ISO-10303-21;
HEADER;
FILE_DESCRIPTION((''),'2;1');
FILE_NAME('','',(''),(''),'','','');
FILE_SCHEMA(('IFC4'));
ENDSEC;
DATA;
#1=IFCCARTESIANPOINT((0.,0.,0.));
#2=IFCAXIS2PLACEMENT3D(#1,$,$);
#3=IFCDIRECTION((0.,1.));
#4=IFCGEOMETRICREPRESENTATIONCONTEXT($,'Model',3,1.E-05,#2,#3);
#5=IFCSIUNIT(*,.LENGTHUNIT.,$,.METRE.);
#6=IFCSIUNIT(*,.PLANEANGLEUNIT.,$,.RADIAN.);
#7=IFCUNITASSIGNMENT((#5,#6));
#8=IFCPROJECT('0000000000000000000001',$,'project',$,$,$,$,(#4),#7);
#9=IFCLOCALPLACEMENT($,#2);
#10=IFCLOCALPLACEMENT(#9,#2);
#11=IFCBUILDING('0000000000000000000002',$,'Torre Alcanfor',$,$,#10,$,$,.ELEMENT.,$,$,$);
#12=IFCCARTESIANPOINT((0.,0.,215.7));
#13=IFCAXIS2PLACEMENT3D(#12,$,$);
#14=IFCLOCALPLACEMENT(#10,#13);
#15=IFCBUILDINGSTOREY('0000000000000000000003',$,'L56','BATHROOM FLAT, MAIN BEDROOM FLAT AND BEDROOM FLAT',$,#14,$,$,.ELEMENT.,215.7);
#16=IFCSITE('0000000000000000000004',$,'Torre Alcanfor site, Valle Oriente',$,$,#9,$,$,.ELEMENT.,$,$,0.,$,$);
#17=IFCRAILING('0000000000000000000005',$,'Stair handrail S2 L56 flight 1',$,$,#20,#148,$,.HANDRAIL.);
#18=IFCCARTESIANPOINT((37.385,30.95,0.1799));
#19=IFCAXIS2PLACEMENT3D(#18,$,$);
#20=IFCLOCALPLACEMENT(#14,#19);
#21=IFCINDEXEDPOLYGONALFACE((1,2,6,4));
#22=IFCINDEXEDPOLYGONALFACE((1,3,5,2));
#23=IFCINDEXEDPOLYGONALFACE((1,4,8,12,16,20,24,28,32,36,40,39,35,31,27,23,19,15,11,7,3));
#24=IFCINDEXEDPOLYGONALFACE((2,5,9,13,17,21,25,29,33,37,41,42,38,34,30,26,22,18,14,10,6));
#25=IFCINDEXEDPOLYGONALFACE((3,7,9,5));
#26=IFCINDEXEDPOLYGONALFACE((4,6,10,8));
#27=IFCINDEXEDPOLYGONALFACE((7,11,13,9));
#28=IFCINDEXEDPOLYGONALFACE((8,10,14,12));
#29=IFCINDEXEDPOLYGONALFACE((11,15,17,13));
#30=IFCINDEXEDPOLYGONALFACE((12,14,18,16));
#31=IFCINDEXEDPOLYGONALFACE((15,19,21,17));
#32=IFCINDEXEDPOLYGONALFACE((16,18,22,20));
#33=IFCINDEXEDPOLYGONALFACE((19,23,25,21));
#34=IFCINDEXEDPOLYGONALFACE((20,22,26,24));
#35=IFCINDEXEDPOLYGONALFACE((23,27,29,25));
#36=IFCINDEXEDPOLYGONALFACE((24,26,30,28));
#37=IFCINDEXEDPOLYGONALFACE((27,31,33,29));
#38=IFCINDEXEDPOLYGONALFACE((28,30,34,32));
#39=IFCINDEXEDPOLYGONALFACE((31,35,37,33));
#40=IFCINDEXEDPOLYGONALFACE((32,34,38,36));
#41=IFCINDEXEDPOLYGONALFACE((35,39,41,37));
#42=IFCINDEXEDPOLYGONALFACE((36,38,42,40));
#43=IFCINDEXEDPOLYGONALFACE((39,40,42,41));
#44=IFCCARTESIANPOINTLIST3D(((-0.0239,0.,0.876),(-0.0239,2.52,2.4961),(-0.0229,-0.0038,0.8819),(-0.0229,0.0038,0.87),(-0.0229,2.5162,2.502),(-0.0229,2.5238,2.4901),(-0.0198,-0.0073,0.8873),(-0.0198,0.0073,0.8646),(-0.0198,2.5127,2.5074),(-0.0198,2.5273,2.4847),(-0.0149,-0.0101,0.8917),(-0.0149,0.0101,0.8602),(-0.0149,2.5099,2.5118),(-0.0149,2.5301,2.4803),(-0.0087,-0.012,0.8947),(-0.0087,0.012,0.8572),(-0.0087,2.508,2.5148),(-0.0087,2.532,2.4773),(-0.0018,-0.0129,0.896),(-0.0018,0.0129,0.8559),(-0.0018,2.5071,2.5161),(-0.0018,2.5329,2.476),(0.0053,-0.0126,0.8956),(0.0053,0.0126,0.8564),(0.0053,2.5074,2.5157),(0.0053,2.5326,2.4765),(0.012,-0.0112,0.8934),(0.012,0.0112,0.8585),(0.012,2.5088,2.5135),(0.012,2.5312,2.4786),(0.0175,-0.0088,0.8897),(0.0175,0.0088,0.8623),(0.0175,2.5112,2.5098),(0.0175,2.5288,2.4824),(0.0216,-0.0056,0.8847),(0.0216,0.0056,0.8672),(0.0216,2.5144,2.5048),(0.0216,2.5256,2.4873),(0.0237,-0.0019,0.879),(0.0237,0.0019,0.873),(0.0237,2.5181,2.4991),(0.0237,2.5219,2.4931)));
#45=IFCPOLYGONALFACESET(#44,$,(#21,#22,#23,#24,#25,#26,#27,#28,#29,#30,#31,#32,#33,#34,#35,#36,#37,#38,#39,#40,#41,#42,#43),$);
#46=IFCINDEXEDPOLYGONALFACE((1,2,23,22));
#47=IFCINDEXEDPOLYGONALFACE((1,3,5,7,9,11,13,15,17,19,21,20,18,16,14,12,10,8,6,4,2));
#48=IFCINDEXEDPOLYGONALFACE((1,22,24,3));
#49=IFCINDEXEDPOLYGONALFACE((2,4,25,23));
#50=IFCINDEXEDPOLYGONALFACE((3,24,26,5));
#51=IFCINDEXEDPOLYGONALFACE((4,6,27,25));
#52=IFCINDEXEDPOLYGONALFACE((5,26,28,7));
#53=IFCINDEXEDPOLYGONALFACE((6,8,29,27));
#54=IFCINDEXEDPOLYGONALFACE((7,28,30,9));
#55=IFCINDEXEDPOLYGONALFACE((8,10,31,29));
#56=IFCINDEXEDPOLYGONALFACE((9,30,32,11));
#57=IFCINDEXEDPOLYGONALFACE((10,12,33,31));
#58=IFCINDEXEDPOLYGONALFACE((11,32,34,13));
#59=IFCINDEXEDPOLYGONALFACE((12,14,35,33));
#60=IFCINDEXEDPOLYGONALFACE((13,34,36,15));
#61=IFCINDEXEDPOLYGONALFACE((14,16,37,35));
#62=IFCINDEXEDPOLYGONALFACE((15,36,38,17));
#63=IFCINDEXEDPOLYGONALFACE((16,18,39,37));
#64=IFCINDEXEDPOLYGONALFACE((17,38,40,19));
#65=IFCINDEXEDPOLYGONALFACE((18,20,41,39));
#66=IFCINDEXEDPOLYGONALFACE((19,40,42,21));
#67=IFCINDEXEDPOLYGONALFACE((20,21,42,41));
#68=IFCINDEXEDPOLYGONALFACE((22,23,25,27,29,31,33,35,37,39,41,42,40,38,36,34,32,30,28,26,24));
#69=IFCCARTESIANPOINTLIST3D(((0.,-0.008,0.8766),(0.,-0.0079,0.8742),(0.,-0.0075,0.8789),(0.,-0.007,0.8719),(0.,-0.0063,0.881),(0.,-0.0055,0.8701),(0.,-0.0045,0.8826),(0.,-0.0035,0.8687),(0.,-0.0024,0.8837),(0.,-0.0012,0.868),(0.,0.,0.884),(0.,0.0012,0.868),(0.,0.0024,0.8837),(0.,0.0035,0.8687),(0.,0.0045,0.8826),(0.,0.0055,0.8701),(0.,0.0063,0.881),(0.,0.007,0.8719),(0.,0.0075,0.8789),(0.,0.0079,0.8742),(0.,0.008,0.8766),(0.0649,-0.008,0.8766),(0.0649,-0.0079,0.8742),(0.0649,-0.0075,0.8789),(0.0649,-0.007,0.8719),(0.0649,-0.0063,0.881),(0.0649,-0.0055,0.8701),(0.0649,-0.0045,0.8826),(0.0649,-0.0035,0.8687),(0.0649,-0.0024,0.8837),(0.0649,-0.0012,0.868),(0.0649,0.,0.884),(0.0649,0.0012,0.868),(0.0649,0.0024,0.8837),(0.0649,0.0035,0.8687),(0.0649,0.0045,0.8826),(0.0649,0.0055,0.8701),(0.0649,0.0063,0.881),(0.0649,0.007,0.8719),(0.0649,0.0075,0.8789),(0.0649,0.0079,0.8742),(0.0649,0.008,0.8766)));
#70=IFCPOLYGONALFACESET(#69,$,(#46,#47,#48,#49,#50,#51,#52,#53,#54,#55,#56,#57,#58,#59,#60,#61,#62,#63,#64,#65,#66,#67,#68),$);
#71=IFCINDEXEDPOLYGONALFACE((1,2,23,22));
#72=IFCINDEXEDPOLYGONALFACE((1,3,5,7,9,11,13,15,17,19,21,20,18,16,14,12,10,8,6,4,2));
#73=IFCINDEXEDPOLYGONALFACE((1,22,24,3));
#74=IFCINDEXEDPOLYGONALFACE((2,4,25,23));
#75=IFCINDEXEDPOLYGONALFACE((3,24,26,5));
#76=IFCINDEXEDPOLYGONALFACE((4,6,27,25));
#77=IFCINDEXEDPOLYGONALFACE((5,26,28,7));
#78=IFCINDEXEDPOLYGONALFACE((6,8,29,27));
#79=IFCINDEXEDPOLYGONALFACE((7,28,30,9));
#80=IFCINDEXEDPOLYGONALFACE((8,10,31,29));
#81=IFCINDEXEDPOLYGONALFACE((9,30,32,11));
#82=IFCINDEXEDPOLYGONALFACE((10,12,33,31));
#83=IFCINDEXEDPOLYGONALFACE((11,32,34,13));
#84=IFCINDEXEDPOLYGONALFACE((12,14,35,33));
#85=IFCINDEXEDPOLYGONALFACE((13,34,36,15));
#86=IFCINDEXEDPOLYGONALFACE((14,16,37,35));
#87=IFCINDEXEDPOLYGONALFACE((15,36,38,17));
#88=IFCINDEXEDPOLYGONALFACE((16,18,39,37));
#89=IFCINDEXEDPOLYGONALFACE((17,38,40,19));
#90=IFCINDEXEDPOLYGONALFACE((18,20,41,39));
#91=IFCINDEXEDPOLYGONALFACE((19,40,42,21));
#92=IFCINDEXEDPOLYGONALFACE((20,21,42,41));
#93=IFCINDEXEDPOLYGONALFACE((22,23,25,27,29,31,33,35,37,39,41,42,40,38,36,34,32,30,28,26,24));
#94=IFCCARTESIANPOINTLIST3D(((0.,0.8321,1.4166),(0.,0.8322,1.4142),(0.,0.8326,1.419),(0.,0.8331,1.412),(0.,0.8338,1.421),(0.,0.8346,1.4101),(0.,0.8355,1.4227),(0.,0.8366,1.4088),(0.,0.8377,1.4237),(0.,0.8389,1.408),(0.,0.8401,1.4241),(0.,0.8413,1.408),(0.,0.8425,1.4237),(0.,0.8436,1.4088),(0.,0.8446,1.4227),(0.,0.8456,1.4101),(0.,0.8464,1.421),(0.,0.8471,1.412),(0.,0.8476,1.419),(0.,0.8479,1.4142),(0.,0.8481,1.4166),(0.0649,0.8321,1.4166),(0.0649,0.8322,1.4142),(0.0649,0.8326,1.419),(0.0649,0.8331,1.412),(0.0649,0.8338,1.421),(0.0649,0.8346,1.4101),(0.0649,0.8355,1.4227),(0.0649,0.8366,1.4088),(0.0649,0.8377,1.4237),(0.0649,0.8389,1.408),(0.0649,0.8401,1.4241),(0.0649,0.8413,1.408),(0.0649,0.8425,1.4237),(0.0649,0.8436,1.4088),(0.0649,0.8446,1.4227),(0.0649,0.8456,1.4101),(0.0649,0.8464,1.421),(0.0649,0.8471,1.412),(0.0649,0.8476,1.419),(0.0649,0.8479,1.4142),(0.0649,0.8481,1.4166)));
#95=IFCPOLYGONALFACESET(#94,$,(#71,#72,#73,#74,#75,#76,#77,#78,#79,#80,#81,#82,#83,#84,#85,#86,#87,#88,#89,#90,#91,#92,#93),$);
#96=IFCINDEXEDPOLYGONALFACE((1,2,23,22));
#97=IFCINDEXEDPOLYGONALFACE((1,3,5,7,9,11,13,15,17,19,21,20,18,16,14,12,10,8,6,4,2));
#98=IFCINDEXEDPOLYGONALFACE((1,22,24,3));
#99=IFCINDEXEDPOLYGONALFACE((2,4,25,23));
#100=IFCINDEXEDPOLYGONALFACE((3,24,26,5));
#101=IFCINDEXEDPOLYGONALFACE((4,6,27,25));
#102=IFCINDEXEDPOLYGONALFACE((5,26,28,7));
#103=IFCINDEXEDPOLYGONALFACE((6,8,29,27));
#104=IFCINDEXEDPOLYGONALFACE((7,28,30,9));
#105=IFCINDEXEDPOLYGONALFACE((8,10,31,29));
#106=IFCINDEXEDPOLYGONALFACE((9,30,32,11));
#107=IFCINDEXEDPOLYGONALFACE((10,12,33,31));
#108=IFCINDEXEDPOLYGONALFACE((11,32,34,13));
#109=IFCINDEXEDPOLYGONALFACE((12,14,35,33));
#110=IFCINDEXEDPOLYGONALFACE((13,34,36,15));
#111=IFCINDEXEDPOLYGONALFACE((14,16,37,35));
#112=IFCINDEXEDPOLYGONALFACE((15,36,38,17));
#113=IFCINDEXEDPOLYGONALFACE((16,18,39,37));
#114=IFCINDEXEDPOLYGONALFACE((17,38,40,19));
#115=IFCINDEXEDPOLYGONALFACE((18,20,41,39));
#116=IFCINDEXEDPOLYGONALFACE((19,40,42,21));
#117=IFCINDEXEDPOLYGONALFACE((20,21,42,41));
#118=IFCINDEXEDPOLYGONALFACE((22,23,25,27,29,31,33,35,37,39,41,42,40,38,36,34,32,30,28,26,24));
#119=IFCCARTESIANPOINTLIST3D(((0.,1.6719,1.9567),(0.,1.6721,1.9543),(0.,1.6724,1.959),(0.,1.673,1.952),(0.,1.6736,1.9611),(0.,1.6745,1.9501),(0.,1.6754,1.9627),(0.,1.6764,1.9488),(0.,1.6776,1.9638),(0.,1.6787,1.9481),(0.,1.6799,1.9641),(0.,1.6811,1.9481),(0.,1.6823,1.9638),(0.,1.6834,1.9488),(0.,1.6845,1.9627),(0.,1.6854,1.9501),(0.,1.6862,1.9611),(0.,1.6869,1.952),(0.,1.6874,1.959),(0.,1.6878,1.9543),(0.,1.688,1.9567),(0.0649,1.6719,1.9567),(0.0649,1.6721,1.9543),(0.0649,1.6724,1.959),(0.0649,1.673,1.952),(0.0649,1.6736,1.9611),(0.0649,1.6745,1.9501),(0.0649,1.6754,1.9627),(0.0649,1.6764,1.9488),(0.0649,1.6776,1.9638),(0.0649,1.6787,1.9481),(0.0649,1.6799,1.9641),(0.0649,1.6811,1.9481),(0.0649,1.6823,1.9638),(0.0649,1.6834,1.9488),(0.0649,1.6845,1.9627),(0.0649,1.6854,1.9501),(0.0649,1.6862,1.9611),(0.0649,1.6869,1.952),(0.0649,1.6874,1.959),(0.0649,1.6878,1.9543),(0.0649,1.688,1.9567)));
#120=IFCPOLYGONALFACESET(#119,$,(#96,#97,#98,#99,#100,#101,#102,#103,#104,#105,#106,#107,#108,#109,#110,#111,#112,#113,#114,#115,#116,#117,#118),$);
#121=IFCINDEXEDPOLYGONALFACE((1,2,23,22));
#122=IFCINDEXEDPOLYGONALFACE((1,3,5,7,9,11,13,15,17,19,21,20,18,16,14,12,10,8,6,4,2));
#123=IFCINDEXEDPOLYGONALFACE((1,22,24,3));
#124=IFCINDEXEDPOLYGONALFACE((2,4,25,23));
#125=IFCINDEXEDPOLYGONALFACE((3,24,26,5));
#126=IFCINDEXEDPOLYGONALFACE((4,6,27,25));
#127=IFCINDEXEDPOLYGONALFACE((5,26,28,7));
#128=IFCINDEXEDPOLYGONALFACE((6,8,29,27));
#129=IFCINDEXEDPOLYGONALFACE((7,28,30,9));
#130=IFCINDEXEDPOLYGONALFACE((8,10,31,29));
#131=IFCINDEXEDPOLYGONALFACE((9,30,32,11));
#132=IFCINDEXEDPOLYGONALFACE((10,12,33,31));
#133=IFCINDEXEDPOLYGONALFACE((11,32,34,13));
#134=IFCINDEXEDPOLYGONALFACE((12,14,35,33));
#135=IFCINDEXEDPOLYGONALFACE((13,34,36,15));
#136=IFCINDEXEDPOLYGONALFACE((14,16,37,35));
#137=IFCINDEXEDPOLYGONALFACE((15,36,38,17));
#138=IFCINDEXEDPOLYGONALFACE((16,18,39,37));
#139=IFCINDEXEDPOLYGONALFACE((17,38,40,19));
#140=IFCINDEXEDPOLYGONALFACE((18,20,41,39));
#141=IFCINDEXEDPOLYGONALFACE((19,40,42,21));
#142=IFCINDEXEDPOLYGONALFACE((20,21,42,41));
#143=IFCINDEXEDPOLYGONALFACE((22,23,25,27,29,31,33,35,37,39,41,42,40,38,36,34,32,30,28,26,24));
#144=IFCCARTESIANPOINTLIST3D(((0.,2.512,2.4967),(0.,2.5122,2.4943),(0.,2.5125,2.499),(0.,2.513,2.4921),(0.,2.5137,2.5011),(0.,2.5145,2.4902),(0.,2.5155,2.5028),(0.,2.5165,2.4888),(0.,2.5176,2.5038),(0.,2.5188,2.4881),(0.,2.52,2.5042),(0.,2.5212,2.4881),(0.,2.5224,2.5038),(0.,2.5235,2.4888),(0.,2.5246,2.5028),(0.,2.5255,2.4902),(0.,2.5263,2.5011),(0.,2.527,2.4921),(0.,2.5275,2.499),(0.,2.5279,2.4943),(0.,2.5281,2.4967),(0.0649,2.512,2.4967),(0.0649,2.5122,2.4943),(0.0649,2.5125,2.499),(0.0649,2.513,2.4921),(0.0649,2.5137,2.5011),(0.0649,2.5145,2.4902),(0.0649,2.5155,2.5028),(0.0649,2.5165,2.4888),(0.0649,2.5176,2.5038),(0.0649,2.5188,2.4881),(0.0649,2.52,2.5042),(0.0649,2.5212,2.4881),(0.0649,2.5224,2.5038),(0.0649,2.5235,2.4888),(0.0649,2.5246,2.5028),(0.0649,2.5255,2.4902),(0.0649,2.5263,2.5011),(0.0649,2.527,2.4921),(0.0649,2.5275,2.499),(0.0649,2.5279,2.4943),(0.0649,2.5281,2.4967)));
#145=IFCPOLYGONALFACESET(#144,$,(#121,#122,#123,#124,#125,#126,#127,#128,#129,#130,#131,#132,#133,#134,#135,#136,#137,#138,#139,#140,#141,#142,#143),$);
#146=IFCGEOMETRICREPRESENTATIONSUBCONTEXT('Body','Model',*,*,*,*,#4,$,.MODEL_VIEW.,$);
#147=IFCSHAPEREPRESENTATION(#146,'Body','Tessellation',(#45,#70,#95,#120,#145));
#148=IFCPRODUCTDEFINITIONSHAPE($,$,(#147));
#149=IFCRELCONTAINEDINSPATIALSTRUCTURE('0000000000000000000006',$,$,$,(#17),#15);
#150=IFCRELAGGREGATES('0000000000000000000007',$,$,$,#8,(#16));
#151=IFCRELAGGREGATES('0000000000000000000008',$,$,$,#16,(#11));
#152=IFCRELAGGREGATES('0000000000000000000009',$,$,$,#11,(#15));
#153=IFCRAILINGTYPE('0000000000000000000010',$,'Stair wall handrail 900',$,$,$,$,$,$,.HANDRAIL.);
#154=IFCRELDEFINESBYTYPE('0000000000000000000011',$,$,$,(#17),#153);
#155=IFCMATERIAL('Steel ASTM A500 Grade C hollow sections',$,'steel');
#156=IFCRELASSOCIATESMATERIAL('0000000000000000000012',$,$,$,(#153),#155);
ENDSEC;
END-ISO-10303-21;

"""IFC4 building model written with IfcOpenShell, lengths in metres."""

from ifc_helpers import new_model, si_unit, direction, frame, origin, origin_2d, place, context, subcontext, project, spatial, circle, extrude, material, type_object, element, save


model = new_model("IFC4")

# Units and contexts
model_context = context("Model", 3, precision=1e-05, world=origin(), true_north=direction((0.0, 1.0)))
body_context = subcontext(model_context, "Body", "Model", "MODEL_VIEW")
ifc_project = project(units=[si_unit("LENGTHUNIT", "METRE"), si_unit("PLANEANGLEUNIT", "RADIAN")], contexts=[model_context])

# Site, building, storey
site_placement = place(None, origin())
site = spatial("IfcSite", under=ifc_project, at=site_placement, Name="Torre Alcanfor site, Valle Oriente", CompositionType="ELEMENT", RefElevation=0.0)
building_placement = place(site_placement, origin())
building = spatial("IfcBuilding", under=site, at=building_placement, Name="Torre Alcanfor", CompositionType="ELEMENT")
storey_placement = place(building_placement, frame((0.0, 0.0, 215.7)))
storey = spatial("IfcBuildingStorey", under=building, at=storey_placement, Name="L56", Description="BATHROOM FLAT, MAIN BEDROOM FLAT AND BEDROOM FLAT", CompositionType="ELEMENT", Elevation=215.7)

# Railing
ifc_material_1 = material(Name="Steel ASTM A500 Grade C hollow sections", Category="steel")
railing_type_1 = type_object("IfcRailingType", Name="Stair wall handrail 900", PredefinedType="HANDRAIL", material=ifc_material_1)
railing_1_placement = place(storey_placement, frame((37.385, 30.95, 0.1799)))
element("IfcRailing", 1, at=railing_1_placement, inside=storey, type_object=railing_type_1, Name="Stair handrail S2 L56 flight 1", PredefinedType="HANDRAIL", context=body_context, shape_type="SweptSolid", body=[
    extrude(circle(Radius=0.0239, at=origin_2d()), frame((0.0, 0.0, 0.876), z_axis=(0.0, 0.841163, 0.540782), x_axis=(-1.0, 0.0, 0.0)), (0.0, 0.0, 1.0), 2.9958),
    extrude(circle(Radius=0.0081, at=origin_2d()), frame((0.0, 0.0, 0.876), z_axis=(1.0, 0.0, 0.0), x_axis=(0.0, 0.0, 1.0)), (0.0, 0.0, 1.0), 0.0649),
    extrude(circle(Radius=0.0081, at=origin_2d()), frame((0.0, 0.8401, 1.416), z_axis=(1.0, 0.0, 0.0), x_axis=(0.0, 0.0, 1.0)), (0.0, 0.0, 1.0), 0.0649),
    extrude(circle(Radius=0.0081, at=origin_2d()), frame((0.0, 1.6799, 1.9561), z_axis=(1.0, 0.0, 0.0), x_axis=(0.0, 0.0, 1.0)), (0.0, 0.0, 1.0), 0.0649),
    extrude(circle(Radius=0.0081, at=origin_2d()), frame((0.0, 2.52, 2.4961), z_axis=(1.0, 0.0, 0.0), x_axis=(0.0, 0.0, 1.0)), (0.0, 0.0, 1.0), 0.0649),
])

save(model, "model.ifc")
